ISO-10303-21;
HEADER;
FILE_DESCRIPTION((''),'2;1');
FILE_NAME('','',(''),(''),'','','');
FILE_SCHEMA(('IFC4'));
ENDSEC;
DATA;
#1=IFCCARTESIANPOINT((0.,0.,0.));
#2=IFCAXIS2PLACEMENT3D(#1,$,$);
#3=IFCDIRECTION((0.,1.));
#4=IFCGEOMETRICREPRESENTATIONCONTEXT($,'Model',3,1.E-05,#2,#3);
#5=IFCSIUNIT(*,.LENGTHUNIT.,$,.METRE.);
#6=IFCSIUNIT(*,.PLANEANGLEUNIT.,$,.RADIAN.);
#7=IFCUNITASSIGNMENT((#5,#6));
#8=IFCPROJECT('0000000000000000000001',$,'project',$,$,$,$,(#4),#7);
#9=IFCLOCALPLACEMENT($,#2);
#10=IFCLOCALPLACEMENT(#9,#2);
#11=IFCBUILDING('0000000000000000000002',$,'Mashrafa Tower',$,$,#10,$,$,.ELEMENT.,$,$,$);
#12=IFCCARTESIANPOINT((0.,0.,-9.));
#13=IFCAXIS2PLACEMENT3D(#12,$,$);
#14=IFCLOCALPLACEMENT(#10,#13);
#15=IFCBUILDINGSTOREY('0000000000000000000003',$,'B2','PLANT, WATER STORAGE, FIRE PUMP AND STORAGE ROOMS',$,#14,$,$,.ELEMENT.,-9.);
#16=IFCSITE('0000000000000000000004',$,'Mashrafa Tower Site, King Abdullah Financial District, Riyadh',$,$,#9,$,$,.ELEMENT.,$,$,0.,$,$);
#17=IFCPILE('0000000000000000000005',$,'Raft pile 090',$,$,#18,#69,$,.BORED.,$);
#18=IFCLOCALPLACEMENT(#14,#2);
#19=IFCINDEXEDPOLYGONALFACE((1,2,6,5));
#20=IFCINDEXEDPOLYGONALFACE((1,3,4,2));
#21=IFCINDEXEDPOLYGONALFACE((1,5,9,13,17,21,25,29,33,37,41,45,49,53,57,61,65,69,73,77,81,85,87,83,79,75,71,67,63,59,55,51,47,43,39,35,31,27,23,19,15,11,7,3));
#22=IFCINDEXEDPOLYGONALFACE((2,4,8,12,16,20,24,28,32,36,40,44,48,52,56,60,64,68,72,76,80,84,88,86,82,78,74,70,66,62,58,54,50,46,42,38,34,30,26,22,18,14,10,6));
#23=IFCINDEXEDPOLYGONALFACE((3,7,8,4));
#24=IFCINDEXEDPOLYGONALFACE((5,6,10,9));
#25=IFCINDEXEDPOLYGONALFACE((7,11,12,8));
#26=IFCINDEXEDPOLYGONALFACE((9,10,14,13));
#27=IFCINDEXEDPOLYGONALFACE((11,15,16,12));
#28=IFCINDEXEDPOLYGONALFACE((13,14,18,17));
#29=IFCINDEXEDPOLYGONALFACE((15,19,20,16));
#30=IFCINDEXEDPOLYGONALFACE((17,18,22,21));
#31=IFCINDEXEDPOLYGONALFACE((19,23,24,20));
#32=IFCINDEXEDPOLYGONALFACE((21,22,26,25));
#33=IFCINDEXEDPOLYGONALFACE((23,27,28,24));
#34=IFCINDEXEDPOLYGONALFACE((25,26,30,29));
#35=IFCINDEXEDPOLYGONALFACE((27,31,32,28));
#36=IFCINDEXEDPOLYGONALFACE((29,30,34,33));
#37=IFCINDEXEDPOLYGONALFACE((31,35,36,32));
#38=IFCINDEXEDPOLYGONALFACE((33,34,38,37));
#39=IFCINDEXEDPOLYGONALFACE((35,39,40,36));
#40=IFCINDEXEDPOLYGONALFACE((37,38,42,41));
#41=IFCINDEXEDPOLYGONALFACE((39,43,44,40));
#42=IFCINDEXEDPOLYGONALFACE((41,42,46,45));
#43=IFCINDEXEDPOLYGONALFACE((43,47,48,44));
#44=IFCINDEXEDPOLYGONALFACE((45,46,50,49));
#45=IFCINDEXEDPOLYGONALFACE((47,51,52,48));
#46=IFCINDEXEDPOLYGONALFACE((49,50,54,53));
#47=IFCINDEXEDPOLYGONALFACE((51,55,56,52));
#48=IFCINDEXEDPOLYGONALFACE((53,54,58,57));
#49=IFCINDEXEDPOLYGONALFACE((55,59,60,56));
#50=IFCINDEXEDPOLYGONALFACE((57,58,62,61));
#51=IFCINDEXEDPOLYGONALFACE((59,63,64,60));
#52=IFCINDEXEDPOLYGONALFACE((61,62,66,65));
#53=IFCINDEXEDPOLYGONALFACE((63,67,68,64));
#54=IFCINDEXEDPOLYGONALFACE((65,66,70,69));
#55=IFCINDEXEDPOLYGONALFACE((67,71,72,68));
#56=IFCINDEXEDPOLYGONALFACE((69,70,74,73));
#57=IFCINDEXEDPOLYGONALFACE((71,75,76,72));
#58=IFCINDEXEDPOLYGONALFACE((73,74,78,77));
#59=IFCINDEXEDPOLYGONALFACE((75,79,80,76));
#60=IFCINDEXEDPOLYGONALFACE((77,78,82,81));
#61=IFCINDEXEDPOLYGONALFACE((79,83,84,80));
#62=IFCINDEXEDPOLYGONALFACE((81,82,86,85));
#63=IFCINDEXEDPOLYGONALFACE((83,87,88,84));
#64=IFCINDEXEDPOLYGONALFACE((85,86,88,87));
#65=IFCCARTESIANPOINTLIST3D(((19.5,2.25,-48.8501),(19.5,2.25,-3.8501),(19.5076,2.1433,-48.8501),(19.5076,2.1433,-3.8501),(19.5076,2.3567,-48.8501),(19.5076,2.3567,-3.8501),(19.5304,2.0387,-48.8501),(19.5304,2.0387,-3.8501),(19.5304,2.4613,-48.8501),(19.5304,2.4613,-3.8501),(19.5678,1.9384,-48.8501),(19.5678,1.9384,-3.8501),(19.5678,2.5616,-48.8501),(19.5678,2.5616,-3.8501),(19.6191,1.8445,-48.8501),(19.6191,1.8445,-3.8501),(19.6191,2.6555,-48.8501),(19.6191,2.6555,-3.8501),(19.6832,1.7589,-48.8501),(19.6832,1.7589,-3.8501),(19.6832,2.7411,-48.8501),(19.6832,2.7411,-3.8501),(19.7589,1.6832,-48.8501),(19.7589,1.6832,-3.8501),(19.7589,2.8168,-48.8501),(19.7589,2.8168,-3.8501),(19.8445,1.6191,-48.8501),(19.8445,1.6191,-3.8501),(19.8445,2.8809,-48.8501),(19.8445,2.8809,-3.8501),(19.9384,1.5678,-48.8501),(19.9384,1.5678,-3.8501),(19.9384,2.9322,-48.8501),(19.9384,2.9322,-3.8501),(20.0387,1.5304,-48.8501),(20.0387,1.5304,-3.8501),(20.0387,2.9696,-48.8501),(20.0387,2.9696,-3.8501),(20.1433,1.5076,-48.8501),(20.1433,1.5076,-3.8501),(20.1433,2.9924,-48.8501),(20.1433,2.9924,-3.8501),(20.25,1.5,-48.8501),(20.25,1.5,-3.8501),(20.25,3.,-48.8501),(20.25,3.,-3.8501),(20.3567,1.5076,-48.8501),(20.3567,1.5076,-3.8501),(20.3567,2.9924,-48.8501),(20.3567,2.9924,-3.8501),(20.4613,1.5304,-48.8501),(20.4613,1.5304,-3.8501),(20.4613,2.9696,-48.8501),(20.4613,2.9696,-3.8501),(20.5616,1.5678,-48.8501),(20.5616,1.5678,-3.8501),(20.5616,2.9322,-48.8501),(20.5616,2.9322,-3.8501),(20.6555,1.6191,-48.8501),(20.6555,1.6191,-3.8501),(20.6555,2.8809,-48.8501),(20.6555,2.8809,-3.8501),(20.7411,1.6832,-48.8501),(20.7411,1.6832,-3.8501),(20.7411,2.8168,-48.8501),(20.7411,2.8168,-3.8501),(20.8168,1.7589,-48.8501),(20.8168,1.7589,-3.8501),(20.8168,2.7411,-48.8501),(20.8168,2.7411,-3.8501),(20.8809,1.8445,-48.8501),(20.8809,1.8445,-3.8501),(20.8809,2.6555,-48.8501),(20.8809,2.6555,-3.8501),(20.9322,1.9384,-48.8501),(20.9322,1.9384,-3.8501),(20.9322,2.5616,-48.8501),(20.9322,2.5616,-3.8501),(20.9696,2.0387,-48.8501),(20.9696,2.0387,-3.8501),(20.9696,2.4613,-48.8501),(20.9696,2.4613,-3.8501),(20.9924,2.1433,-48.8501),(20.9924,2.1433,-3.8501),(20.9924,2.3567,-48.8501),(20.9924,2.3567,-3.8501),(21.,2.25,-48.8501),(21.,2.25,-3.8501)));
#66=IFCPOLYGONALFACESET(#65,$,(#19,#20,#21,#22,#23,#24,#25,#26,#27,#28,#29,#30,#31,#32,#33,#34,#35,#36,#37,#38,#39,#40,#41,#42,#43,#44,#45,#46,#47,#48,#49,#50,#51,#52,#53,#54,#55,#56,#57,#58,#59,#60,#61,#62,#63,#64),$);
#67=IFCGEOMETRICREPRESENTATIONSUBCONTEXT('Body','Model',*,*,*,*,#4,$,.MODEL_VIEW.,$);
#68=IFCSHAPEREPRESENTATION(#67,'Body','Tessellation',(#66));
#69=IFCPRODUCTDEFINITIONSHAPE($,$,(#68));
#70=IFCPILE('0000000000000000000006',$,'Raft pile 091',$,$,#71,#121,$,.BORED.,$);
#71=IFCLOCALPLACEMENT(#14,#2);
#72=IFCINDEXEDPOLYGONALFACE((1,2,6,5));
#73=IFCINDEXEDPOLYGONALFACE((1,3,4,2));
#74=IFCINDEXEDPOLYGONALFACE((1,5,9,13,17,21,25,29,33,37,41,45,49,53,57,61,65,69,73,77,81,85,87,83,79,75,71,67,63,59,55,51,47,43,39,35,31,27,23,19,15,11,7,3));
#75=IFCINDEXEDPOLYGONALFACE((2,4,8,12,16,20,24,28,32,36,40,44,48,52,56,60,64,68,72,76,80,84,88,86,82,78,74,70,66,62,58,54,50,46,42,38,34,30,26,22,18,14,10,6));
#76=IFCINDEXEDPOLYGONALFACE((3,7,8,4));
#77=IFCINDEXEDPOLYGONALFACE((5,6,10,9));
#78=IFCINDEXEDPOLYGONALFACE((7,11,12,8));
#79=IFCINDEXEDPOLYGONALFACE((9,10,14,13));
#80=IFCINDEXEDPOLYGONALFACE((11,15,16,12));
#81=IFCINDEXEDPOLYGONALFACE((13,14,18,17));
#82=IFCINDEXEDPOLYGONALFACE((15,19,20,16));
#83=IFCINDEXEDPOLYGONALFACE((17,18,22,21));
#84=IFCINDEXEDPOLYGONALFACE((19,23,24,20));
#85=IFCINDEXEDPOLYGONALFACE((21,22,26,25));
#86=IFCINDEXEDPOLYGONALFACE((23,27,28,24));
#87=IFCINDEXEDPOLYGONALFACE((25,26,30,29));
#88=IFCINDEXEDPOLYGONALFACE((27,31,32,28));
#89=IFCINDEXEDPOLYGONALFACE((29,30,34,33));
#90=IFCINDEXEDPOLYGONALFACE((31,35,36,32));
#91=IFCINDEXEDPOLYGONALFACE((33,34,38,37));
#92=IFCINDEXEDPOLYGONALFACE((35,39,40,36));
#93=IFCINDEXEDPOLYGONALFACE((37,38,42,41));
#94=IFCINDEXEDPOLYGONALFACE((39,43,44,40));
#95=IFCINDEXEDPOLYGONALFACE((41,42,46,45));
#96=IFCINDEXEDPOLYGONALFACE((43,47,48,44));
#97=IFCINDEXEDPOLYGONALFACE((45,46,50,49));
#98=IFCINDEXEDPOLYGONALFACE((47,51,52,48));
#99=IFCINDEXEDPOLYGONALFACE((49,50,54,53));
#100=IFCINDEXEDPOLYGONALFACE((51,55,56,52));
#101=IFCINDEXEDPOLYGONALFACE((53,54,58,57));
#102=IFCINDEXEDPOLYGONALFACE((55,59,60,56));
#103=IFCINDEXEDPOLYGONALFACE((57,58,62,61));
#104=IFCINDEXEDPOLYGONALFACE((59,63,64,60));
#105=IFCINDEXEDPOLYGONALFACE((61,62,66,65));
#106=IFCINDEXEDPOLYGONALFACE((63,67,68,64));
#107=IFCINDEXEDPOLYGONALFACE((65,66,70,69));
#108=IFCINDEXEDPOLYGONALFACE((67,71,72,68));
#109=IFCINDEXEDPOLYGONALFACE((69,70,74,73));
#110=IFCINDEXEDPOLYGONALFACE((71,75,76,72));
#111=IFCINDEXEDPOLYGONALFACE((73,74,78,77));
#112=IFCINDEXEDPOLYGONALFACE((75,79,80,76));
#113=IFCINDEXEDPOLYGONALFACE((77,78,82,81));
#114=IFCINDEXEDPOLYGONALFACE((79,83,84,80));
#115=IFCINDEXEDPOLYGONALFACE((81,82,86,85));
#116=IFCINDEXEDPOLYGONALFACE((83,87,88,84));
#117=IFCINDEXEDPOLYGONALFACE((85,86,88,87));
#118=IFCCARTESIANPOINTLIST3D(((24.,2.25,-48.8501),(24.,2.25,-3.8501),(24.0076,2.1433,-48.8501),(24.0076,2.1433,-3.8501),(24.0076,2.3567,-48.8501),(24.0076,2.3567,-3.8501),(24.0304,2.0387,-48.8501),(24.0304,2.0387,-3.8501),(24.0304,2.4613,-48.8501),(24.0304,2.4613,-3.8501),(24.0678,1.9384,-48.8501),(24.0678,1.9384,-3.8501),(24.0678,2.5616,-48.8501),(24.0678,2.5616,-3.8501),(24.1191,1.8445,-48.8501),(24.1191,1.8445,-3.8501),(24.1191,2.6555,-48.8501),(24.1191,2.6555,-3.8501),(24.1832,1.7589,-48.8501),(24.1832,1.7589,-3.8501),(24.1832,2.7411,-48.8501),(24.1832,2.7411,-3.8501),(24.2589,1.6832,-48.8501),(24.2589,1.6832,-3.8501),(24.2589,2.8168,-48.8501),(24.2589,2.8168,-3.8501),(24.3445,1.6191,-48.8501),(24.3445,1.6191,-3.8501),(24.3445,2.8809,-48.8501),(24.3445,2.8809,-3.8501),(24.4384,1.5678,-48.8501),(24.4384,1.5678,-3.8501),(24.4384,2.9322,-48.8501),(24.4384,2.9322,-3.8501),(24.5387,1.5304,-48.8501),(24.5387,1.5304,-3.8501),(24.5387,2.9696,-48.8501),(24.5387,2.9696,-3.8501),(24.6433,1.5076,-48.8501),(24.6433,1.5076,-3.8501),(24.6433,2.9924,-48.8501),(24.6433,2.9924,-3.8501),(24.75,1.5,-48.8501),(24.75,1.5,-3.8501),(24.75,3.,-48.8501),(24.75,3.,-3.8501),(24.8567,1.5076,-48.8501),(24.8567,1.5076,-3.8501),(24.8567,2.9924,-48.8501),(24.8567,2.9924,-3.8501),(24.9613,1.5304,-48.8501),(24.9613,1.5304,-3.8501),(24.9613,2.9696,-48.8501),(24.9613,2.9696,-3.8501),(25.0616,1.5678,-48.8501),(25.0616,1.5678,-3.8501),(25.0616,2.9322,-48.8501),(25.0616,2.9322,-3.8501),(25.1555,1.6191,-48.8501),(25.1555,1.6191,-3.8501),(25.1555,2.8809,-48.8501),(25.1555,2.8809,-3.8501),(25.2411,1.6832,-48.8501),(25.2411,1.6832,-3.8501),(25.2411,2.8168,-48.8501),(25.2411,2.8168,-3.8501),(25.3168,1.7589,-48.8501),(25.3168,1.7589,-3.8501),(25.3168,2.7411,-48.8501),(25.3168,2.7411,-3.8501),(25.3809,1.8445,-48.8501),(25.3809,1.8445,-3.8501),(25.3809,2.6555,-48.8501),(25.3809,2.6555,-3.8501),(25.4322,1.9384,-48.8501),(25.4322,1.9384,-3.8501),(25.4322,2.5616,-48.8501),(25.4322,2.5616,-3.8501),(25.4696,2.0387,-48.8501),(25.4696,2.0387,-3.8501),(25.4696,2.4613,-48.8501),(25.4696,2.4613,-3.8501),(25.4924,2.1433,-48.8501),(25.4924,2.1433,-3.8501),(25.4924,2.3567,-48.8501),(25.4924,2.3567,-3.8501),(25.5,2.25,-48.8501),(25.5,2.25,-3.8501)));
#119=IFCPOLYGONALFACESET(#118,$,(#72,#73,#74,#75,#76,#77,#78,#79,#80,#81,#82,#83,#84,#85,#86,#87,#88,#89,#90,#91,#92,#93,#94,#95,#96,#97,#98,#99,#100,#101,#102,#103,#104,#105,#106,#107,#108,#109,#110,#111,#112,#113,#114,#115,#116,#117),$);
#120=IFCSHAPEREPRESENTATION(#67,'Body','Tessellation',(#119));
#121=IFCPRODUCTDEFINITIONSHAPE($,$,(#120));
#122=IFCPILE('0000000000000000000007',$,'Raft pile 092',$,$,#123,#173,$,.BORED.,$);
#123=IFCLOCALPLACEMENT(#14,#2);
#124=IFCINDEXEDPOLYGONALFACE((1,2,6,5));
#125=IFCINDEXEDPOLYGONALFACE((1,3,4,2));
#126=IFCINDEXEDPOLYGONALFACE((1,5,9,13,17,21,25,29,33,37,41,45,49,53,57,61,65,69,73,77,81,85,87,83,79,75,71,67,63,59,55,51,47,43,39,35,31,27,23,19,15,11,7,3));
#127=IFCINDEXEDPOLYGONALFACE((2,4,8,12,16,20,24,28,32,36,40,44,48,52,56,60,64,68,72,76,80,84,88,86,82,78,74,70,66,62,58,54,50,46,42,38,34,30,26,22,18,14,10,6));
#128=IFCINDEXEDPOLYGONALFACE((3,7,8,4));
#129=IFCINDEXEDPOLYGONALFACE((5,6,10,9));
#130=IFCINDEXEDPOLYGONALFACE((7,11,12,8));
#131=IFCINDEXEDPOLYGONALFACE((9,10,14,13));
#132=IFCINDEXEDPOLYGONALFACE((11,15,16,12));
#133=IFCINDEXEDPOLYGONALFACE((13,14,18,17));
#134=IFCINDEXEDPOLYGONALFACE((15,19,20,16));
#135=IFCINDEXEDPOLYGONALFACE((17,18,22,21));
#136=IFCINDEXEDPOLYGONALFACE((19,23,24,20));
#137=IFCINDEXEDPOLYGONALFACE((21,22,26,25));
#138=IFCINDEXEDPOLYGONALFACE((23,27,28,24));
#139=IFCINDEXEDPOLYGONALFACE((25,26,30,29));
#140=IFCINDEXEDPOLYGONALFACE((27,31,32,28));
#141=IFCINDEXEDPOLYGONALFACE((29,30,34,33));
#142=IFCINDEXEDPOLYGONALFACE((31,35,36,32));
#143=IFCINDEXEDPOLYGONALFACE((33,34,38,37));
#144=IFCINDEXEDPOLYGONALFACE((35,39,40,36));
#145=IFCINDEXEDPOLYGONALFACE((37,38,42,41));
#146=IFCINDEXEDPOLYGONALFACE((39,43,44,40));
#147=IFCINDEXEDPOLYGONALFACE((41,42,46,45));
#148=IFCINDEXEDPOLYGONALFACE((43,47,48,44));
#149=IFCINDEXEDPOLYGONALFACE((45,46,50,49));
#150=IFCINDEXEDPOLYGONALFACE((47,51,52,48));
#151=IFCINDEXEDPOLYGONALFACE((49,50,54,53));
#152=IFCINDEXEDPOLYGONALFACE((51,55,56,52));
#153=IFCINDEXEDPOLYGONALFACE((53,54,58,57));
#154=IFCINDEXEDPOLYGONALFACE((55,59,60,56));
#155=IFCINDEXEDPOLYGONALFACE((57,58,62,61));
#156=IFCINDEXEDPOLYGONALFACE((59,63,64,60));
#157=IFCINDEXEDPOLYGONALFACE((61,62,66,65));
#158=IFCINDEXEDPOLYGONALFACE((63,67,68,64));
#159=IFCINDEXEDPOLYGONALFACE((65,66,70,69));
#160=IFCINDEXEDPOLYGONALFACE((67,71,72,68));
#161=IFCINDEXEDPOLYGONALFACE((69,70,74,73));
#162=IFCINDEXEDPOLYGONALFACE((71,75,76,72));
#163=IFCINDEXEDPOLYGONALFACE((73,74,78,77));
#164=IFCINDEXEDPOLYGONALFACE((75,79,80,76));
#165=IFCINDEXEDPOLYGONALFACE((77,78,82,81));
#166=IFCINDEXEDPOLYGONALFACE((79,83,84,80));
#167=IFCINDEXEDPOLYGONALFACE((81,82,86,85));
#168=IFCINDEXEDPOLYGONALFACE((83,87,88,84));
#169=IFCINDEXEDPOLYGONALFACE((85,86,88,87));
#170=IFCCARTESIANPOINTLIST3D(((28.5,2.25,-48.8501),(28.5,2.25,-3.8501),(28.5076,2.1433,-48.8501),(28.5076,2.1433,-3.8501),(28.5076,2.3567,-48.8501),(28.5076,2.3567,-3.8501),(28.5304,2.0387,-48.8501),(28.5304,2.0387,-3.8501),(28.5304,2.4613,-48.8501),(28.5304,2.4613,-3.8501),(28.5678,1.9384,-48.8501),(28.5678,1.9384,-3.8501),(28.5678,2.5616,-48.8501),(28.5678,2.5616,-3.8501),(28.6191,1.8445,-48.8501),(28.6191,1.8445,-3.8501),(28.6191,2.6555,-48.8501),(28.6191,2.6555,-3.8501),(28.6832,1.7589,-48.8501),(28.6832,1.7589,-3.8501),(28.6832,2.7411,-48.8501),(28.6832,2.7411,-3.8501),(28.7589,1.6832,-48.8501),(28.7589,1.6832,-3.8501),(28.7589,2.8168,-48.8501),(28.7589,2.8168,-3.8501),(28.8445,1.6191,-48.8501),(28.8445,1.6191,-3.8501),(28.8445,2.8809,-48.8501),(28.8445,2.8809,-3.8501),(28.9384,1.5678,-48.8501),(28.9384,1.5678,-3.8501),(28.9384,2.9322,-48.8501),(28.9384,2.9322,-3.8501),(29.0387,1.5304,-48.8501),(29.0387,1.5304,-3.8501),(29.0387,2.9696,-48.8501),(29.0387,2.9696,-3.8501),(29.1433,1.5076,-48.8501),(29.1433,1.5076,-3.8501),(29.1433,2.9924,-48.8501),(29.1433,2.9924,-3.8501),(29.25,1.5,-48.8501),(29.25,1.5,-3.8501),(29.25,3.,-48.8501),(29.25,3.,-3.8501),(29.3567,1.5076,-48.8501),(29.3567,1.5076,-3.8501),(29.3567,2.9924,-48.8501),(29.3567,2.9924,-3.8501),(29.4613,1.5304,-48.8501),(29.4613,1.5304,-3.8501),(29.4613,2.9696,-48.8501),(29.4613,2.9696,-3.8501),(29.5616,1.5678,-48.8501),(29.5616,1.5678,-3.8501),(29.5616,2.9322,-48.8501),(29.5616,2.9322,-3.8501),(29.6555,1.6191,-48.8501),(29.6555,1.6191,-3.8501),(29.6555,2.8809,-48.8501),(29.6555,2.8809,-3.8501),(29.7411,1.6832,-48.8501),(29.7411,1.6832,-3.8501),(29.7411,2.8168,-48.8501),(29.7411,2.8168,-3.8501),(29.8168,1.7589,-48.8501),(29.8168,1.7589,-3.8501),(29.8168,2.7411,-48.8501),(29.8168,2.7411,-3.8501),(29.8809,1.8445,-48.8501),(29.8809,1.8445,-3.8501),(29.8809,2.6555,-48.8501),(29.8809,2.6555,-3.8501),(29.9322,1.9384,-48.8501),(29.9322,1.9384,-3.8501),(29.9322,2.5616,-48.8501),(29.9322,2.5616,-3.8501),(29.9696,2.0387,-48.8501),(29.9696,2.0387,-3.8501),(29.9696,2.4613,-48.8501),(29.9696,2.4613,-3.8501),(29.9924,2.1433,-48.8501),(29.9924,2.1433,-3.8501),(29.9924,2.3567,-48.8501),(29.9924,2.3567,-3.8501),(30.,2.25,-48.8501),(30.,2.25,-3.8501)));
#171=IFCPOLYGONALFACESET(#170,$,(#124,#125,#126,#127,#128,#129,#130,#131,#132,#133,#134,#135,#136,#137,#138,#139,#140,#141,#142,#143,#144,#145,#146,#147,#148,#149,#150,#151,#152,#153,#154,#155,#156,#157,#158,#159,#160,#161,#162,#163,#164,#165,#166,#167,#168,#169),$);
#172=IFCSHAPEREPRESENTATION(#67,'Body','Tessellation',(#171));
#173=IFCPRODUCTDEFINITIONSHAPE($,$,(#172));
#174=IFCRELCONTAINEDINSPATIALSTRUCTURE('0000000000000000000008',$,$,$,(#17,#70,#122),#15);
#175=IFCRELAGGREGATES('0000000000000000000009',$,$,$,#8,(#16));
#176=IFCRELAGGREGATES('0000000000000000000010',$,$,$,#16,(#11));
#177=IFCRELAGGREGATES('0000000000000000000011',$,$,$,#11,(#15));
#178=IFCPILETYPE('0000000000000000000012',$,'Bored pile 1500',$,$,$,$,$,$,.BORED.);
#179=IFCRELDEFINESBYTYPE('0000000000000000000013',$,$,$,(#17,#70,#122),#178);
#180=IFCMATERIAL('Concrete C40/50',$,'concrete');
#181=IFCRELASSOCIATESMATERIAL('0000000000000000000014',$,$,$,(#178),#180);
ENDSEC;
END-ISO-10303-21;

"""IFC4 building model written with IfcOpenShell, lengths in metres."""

from ifc_helpers import new_model, si_unit, direction, frame, origin, origin_2d, place, context, subcontext, project, spatial, circle, extrude, material, material_profile, profile_set, type_object, element, save


model = new_model("IFC4")

# Units and contexts
model_context = context("Model", 3, precision=1e-05, world=origin(), true_north=direction((0.0, 1.0)))
body_context = subcontext(model_context, "Body", "Model", "MODEL_VIEW")
ifc_project = project(units=[si_unit("LENGTHUNIT", "METRE"), si_unit("PLANEANGLEUNIT", "RADIAN")], contexts=[model_context])

# Site, building, storey
site_placement = place(None, origin())
site = spatial("IfcSite", under=ifc_project, at=site_placement, Name="Mashrafa Tower Site, King Abdullah Financial District, Riyadh", CompositionType="ELEMENT", RefElevation=0.0)
building_placement = place(site_placement, origin())
building = spatial("IfcBuilding", under=site, at=building_placement, Name="Mashrafa Tower", CompositionType="ELEMENT")
storey_placement = place(building_placement, frame((0.0, 0.0, -9.0)))
storey = spatial("IfcBuildingStorey", under=building, at=storey_placement, Name="B2", Description="PLANT, WATER STORAGE, FIRE PUMP AND STORAGE ROOMS", CompositionType="ELEMENT", Elevation=-9.0)

# Piles
ifc_material_1 = material(Name="Concrete C40/50", Category="concrete")
ifc_material_profile_1 = material_profile(ifc_material_1, circle(Radius=0.75, at=origin_2d()), Name="1500 DIA")
ifc_profile_set_1 = profile_set([ifc_material_profile_1], Name="Concrete C40/50")
pile_type_1 = type_object("IfcPileType", Name="Bored pile 1500", PredefinedType="BORED", material=ifc_profile_set_1)
for number, where, z_axis, x_axis, name in (
    (1, (20.25, 2.25, -3.8501), (0.0, 0.0, -1.0), (1.0, 0.0, 0.0), "Raft pile 090"),
    (2, (24.75, 2.25, -3.8501), (0.0, 0.0, -1.0), (1.0, 0.0, 0.0), "Raft pile 091"),
    (3, (29.25, 2.25, -3.8501), (0.0, 0.0, -1.0), (1.0, 0.0, 0.0), "Raft pile 092"),
):
    element("IfcPile", number, at=place(storey_placement, frame(where, z_axis=z_axis, x_axis=x_axis)), inside=storey, type_object=pile_type_1, Name=name, PredefinedType="BORED", context=body_context, shape_type="SweptSolid", body=[
        extrude(circle(Radius=0.75, at=origin_2d()), origin(), (0.0, 0.0, 1.0), 45.0),
    ])

save(model, "model.ifc")
